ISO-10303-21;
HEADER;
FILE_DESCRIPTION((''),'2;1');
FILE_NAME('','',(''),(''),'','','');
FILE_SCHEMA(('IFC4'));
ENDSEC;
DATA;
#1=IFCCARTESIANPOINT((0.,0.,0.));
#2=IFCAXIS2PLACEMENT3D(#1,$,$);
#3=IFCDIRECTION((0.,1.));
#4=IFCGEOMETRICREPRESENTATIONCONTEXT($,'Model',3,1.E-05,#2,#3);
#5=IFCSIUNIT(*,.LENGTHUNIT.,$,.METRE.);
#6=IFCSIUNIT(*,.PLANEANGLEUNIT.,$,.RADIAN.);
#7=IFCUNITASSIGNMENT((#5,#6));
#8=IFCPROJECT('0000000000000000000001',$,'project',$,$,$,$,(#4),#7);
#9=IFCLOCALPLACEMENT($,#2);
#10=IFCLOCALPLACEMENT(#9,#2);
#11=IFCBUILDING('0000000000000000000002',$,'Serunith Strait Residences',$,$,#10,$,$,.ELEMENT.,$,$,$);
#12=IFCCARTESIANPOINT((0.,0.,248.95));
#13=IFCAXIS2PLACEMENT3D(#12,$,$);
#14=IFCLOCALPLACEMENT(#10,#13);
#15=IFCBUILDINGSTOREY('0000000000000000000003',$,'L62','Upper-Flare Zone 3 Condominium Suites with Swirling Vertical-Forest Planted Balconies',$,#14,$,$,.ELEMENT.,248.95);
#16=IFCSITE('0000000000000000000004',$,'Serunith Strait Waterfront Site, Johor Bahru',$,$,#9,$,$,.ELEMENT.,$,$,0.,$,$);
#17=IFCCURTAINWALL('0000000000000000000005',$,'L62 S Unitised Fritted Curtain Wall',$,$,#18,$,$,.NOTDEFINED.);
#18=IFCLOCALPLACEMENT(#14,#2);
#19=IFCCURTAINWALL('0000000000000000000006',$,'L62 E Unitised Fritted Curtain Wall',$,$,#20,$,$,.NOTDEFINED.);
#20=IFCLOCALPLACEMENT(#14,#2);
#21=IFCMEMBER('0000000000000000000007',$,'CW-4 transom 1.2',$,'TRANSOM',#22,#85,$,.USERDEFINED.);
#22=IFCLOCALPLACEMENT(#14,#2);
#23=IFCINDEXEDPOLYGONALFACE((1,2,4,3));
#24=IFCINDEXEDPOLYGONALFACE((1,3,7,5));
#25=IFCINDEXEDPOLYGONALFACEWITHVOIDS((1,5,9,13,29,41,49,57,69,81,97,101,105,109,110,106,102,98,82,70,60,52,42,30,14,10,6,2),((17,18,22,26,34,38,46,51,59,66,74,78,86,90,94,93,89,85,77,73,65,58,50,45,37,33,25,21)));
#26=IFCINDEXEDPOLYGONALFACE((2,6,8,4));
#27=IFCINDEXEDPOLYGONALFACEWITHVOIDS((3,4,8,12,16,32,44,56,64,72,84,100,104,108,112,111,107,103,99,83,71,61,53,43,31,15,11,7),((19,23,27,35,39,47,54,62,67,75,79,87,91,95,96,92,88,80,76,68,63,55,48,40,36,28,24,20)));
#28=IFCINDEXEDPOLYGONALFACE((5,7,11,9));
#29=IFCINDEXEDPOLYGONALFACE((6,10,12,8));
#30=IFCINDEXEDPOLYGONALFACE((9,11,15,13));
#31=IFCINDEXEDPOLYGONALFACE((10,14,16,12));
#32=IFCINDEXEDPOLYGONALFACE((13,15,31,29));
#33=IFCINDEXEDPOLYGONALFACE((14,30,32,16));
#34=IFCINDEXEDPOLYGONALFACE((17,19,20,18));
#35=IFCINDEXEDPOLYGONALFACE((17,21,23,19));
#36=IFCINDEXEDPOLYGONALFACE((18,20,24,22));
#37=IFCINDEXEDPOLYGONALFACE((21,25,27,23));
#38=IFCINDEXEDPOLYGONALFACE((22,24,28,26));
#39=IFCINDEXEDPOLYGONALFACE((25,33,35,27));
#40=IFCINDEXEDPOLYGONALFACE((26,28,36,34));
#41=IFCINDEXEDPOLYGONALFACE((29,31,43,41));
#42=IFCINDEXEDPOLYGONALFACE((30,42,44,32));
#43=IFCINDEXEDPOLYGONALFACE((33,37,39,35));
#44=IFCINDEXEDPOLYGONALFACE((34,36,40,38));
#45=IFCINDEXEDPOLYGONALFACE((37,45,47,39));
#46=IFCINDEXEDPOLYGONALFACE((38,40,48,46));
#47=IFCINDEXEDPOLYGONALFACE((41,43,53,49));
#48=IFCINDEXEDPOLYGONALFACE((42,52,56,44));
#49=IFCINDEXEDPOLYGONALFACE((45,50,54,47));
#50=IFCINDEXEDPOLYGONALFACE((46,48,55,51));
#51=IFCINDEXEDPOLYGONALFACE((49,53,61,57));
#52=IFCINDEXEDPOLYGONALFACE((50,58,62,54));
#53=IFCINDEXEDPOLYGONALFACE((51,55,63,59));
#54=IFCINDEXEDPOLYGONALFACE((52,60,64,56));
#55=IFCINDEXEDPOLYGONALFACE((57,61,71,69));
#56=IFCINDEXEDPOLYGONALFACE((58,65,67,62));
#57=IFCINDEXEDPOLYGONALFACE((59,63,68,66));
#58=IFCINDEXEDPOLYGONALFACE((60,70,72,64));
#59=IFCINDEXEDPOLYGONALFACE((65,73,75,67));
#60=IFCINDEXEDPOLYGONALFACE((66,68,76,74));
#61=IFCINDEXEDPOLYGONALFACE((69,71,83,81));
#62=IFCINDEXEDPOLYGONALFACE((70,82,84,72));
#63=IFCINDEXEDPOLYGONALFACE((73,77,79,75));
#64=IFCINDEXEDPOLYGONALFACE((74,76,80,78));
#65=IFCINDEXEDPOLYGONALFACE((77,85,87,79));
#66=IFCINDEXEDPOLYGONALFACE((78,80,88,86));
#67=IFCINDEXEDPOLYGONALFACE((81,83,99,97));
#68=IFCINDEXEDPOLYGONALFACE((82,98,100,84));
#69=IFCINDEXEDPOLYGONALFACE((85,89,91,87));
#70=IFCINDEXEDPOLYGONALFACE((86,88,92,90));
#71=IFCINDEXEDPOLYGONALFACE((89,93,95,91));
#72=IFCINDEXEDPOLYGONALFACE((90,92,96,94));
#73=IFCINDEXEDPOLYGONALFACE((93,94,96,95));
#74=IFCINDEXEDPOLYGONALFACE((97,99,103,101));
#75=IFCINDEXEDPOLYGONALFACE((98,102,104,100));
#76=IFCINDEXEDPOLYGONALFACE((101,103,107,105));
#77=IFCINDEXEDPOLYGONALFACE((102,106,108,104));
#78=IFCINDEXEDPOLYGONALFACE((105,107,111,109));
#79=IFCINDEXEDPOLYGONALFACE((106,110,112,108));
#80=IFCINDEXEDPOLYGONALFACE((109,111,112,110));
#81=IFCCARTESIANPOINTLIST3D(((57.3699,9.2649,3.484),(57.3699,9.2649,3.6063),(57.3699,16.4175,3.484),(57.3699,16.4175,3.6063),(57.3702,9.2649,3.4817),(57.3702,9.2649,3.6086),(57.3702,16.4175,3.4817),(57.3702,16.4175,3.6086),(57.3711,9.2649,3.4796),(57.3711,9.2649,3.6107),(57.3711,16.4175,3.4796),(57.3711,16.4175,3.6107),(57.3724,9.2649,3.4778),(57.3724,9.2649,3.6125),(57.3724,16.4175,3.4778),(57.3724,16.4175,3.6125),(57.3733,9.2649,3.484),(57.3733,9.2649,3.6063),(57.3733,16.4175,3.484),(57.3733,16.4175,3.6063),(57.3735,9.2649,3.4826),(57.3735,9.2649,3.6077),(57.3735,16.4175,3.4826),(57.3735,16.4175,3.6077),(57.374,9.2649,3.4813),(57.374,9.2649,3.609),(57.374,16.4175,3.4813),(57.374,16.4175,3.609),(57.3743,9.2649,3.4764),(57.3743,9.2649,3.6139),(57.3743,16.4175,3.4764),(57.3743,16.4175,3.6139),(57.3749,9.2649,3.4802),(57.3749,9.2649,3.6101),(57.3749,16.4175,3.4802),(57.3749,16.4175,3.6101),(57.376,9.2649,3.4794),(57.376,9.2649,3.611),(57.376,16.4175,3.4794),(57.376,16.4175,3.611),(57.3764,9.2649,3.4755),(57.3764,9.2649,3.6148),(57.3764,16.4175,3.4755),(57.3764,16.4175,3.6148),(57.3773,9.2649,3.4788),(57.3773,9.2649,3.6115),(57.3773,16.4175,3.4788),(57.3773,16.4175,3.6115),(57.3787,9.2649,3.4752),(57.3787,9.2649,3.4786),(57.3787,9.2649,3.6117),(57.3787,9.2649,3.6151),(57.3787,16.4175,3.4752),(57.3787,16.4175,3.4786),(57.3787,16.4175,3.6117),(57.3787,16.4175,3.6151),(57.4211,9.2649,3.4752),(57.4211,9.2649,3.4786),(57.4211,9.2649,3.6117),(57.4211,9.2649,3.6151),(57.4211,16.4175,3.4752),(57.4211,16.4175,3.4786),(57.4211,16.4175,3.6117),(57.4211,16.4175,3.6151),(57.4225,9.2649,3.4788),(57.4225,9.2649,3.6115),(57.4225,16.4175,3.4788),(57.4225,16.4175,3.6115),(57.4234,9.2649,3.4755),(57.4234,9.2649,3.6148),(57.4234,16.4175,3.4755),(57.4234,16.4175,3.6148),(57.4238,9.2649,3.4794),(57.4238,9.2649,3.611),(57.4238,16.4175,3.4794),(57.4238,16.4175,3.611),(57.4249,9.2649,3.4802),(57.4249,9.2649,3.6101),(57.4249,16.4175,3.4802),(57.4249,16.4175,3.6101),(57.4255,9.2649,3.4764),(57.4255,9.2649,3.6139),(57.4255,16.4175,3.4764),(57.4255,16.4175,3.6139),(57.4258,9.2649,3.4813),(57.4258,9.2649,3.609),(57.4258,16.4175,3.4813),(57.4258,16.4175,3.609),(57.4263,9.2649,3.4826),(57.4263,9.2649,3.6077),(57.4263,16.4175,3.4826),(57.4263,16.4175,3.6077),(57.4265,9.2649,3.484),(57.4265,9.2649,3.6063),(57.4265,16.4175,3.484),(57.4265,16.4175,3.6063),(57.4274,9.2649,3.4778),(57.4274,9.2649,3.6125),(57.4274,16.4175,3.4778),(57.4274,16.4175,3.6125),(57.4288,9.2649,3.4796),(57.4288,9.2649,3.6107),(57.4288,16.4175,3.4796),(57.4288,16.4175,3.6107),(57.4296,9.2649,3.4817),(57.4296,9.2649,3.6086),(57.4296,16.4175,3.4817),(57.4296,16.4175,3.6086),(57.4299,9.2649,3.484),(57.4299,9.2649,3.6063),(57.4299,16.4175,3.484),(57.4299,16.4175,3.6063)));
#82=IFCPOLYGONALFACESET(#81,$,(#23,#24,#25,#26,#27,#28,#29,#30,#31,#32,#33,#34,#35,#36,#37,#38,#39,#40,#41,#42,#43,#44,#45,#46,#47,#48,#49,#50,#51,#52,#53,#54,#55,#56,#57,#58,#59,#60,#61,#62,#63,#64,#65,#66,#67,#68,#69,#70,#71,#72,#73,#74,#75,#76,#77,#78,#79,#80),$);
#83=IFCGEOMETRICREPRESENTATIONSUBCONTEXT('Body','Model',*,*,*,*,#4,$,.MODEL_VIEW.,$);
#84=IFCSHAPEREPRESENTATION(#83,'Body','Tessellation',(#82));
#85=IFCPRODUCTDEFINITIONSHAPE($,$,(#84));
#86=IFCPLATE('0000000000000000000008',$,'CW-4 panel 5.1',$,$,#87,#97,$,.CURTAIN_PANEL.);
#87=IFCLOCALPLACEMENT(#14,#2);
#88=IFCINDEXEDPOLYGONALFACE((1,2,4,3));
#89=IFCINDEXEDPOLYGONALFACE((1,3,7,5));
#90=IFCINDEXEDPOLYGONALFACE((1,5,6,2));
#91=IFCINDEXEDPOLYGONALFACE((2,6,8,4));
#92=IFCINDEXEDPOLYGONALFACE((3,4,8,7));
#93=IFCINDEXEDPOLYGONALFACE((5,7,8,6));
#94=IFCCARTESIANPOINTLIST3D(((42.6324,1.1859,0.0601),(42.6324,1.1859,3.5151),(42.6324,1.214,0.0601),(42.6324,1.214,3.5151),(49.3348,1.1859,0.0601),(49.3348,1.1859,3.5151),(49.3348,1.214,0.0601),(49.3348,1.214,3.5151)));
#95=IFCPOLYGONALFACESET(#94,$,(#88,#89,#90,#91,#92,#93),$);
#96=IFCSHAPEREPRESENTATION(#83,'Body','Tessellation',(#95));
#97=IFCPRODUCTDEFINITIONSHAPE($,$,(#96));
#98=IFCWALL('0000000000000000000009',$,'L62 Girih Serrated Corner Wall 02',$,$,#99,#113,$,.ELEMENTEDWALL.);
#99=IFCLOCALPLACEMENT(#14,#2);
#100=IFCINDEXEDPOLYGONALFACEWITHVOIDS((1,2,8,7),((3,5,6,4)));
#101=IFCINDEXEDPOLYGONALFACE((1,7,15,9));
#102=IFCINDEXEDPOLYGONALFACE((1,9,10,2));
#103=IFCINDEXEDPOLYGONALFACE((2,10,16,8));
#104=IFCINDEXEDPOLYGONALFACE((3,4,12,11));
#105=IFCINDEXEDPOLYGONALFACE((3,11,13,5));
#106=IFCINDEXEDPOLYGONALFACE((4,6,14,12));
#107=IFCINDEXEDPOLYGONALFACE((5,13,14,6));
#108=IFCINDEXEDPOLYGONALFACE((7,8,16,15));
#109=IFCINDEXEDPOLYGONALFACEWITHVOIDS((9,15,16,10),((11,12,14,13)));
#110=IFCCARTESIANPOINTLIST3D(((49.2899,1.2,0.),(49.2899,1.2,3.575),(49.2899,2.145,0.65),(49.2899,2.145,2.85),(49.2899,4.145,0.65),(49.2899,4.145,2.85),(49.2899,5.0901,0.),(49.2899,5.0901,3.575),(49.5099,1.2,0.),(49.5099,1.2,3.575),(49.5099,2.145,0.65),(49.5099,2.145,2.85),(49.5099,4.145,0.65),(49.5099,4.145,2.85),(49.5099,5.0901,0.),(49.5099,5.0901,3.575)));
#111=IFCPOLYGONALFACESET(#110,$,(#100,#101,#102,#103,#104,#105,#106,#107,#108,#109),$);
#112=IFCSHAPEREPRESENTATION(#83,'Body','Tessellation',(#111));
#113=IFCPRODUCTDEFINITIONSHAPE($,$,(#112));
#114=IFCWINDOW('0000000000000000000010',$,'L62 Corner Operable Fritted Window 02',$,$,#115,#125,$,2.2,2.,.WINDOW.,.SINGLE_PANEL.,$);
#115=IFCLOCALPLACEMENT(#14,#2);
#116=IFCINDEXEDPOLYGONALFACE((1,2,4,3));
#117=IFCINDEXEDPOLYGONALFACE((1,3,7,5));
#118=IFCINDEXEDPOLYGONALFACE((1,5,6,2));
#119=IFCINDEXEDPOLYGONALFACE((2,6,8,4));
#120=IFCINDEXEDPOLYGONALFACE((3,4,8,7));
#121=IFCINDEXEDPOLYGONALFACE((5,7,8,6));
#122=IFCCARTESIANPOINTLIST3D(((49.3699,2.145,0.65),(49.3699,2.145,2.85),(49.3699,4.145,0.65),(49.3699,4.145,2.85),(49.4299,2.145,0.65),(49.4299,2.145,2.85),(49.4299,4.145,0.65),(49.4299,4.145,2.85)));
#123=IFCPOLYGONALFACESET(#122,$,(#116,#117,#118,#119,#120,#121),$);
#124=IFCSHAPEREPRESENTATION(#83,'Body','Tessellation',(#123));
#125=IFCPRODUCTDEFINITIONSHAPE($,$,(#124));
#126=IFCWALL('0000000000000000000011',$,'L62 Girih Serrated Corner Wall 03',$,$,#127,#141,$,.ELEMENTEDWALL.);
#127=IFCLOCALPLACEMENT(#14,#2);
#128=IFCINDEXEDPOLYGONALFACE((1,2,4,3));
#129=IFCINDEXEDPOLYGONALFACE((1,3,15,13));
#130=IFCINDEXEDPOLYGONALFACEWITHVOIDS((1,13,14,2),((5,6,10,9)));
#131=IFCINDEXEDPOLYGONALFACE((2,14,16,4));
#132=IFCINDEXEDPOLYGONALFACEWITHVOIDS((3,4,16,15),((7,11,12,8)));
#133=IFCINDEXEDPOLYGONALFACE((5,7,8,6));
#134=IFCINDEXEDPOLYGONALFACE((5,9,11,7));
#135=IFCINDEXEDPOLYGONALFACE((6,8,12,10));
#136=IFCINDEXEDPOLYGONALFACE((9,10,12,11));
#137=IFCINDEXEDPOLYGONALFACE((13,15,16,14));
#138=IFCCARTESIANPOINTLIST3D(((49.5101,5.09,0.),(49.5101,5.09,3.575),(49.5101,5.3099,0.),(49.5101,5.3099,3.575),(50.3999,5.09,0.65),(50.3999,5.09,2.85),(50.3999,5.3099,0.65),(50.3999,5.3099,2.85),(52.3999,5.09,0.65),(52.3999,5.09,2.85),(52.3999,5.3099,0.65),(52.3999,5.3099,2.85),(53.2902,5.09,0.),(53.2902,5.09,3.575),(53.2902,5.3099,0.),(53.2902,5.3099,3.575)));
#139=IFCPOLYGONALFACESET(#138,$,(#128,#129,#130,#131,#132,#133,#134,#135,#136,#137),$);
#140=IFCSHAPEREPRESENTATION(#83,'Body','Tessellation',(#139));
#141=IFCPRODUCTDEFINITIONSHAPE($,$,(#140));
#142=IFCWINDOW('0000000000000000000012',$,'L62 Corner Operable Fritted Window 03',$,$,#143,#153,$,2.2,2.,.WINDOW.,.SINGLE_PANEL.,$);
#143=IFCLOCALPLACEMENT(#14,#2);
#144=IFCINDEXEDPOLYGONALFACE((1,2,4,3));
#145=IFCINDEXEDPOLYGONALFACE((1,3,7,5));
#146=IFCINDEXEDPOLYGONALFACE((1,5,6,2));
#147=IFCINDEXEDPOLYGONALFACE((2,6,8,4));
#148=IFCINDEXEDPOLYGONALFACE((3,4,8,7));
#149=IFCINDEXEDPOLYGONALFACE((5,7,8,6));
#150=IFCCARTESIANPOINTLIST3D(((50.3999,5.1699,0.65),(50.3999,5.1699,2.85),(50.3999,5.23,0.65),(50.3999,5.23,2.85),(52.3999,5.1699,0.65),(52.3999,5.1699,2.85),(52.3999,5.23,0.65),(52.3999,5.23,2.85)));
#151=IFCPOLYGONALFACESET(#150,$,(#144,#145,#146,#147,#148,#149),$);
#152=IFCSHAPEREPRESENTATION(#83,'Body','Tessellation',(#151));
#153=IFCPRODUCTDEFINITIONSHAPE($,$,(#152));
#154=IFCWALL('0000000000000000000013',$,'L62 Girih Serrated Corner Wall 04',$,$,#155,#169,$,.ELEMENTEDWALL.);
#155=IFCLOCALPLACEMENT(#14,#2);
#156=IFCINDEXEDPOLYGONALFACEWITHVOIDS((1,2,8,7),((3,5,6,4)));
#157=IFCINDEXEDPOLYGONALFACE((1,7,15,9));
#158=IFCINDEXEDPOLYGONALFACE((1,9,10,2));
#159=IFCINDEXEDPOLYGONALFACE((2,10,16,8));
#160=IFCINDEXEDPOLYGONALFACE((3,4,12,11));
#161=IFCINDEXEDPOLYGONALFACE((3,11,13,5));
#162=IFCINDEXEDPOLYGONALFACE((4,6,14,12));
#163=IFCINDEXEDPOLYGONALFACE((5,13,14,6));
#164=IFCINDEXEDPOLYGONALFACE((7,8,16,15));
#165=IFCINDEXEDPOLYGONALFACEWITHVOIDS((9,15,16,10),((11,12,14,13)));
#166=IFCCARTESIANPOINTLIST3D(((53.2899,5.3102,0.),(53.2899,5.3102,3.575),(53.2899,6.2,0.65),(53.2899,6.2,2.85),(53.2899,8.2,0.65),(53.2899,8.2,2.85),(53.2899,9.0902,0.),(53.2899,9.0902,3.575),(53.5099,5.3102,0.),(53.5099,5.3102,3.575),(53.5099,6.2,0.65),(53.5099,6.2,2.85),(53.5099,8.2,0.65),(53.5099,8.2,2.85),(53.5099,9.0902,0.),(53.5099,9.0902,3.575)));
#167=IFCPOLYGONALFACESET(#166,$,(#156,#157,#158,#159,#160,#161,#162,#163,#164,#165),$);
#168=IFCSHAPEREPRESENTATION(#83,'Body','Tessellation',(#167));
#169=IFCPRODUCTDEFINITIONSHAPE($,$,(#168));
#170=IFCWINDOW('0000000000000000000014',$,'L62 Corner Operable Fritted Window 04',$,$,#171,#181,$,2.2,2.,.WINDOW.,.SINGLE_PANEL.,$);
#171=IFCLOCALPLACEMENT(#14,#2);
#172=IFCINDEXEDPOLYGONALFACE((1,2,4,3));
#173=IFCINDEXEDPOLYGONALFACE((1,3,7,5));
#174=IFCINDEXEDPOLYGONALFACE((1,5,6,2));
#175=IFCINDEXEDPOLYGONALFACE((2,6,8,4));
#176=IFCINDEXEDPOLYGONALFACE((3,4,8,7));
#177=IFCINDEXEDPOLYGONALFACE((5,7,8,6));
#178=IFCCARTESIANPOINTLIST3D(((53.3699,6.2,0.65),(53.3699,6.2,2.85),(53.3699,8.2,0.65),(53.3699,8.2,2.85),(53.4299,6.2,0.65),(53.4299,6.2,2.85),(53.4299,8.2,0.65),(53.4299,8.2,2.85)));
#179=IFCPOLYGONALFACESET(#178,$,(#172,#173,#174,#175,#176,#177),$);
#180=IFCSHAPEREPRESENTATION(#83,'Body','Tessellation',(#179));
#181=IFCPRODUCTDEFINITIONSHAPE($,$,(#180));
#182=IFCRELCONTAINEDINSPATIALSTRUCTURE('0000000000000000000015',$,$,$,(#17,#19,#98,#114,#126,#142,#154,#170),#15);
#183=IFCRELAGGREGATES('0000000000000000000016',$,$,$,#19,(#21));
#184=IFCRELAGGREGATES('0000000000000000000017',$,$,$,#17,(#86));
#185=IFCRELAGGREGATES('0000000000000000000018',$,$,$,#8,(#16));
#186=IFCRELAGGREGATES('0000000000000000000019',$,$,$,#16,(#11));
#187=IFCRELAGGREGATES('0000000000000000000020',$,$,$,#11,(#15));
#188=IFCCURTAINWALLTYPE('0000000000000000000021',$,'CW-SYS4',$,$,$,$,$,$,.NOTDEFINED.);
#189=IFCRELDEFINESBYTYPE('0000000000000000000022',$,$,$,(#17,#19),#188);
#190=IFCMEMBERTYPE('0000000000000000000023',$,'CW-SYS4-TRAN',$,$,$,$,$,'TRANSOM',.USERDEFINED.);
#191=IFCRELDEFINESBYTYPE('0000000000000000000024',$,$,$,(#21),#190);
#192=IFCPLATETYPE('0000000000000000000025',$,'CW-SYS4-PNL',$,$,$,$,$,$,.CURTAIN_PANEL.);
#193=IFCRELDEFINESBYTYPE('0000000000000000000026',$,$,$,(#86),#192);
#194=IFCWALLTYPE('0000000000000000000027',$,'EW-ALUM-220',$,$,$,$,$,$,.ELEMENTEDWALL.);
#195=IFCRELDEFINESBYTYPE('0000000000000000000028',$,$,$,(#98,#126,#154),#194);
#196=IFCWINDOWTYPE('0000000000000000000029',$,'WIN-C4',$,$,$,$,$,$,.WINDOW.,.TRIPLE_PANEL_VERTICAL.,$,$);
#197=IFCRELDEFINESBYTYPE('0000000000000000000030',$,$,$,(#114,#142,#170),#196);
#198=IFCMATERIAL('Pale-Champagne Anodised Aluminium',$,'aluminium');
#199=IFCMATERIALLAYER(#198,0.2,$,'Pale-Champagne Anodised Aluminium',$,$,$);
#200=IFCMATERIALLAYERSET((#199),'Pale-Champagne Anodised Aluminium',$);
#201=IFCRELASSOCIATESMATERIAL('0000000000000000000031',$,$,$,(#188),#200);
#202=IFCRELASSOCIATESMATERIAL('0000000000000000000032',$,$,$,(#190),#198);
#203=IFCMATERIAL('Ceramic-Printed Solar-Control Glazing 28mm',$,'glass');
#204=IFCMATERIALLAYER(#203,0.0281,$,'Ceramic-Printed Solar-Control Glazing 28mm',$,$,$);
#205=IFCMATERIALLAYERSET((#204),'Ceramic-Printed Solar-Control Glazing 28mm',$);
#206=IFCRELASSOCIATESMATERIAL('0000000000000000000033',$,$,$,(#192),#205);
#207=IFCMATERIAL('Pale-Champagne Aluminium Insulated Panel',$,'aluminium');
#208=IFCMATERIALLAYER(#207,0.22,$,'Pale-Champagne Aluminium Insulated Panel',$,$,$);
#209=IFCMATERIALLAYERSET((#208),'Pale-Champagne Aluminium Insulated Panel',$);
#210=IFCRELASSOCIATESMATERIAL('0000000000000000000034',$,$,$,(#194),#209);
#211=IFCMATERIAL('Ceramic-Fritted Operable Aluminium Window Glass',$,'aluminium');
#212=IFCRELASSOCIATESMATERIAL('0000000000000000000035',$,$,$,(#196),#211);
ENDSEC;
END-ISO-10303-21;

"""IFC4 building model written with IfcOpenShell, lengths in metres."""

from ifc_helpers import new_model, si_unit, direction, frame, frame_2d, origin, origin_2d, place, context, subcontext, project, spatial, rectangle, hollow_rectangle, extrude, source, transform, mapped, material, layer, layer_set, material_profile, profile_set, type_object, element, fill, aggregate, save


model = new_model("IFC4")

# Units and contexts
model_context = context("Model", 3, precision=1e-05, world=origin(), true_north=direction((0.0, 1.0)))
body_context = subcontext(model_context, "Body", "Model", "MODEL_VIEW")
ifc_project = project(units=[si_unit("LENGTHUNIT", "METRE"), si_unit("PLANEANGLEUNIT", "RADIAN")], contexts=[model_context])

# Site, building, storey
site_placement = place(None, origin())
site = spatial("IfcSite", under=ifc_project, at=site_placement, Name="Serunith Strait Waterfront Site, Johor Bahru", CompositionType="ELEMENT", RefElevation=0.0)
building_placement = place(site_placement, origin())
building = spatial("IfcBuilding", under=site, at=building_placement, Name="Serunith Strait Residences", CompositionType="ELEMENT")
storey_placement = place(building_placement, frame((0.0, 0.0, 248.95)))
storey = spatial("IfcBuildingStorey", under=building, at=storey_placement, Name="L62", Description="Upper-Flare Zone 3 Condominium Suites with Swirling Vertical-Forest Planted Balconies", CompositionType="ELEMENT", Elevation=248.95)

# Curtain wall
ifc_material_1 = material(Name="Pale-Champagne Anodised Aluminium", Category="aluminium")
ifc_layer_1 = layer(ifc_material_1, 0.2, Name="Pale-Champagne Anodised Aluminium")
ifc_layer_set_1 = layer_set([ifc_layer_1], Name="Pale-Champagne Anodised Aluminium")
curtain_wall_type = type_object("IfcCurtainWallType", Name="CW-SYS4", PredefinedType="NOTDEFINED", material=ifc_layer_set_1)
curtain_wall_1_placement = place(storey_placement, origin())
curtain_wall_1 = element("IfcCurtainWall", 1, at=curtain_wall_1_placement, inside=storey, type_object=curtain_wall_type, Name="L62 S Unitised Fritted Curtain Wall", PredefinedType="NOTDEFINED")

# Curtain wall
curtain_wall_2_placement = place(storey_placement, origin())
curtain_wall_2 = element("IfcCurtainWall", 2, at=curtain_wall_2_placement, inside=storey, type_object=curtain_wall_type, Name="L62 E Unitised Fritted Curtain Wall", PredefinedType="NOTDEFINED")

# Member
ifc_material_profile_1 = material_profile(ifc_material_1, hollow_rectangle(XDim=0.0601, YDim=0.1399, WallThickness=0.0034, InnerFilletRadius=0.0054, OuterFilletRadius=0.0088, at=origin_2d()), Name="ALU 140x60x3.5")
ifc_profile_set_1 = profile_set([ifc_material_profile_1], Name="Pale-Champagne Anodised Aluminium")
member_type_1 = type_object("IfcMemberType", Name="CW-SYS4-TRAN", ElementType="TRANSOM", PredefinedType="USERDEFINED", material=ifc_profile_set_1)
shared_shape_1 = source(origin(), body_context, "Body", "SweptSolid", [
    extrude(hollow_rectangle(XDim=0.0601, YDim=0.1399, WallThickness=0.0034, InnerFilletRadius=0.0054, OuterFilletRadius=0.0088, at=origin_2d()), origin(), (0.0, 0.0, 1.0), 7.1526),
])
member_1_placement = place(storey_placement, frame((57.3999, 9.2649, 3.5452), z_axis=(0.0, 1.0, 0.0), x_axis=(-1.0, 0.0, 0.0)))
member_1 = element("IfcMember", 3, at=member_1_placement, type_object=member_type_1, Name="CW-4 transom 1.2", ObjectType="TRANSOM", PredefinedType="USERDEFINED", context=body_context, shape_type="MappedRepresentation", body=[
    mapped(shared_shape_1, transform((0.0, 0.0, 0.0), scale=1.0)),
])
aggregate(curtain_wall_2, [member_1])

# Plate
ifc_material_2 = material(Name="Ceramic-Printed Solar-Control Glazing 28mm", Category="glass")
ifc_layer_2 = layer(ifc_material_2, 0.0281, Name="Ceramic-Printed Solar-Control Glazing 28mm")
ifc_layer_set_2 = layer_set([ifc_layer_2], Name="Ceramic-Printed Solar-Control Glazing 28mm")
plate_type = type_object("IfcPlateType", Name="CW-SYS4-PNL", PredefinedType="CURTAIN_PANEL", material=ifc_layer_set_2)
shared_shape_2 = source(origin(), body_context, "Body", "SweptSolid", [
    extrude(rectangle(XDim=6.7024, YDim=0.0281, at=origin_2d()), origin(), (0.0, 0.0, 1.0), 3.4551),
])
plate_placement = place(storey_placement, frame((45.9836, 1.2, 0.0601), z_axis=(0.0, 0.0, 1.0), x_axis=(1.0, 0.0, 0.0)))
plate = element("IfcPlate", 4, at=plate_placement, type_object=plate_type, Name="CW-4 panel 5.1", PredefinedType="CURTAIN_PANEL", context=body_context, shape_type="MappedRepresentation", body=[
    mapped(shared_shape_2, transform((0.0, 0.0, 0.0), scale=1.0)),
])
aggregate(curtain_wall_1, [plate])

# Walls, openings, windows
ifc_material_3 = material(Name="Pale-Champagne Aluminium Insulated Panel", Category="aluminium")
ifc_layer_3 = layer(ifc_material_3, 0.22, Name="Pale-Champagne Aluminium Insulated Panel")
ifc_layer_set_3 = layer_set([ifc_layer_3], Name="Pale-Champagne Aluminium Insulated Panel")
wall_type = type_object("IfcWallType", Name="EW-ALUM-220", PredefinedType="ELEMENTEDWALL", material=ifc_layer_set_3)
wall_1_placement = place(storey_placement, frame((49.3999, 1.2, 0.0), z_axis=(0.0, 0.0, 1.0), x_axis=(0.0, 1.0, 0.0)))
wall_1 = element("IfcWall", 5, at=wall_1_placement, inside=storey, type_object=wall_type, Name="L62 Girih Serrated Corner Wall 02", PredefinedType="ELEMENTEDWALL", context=body_context, shape_type="SweptSolid", body=[
    extrude(rectangle(XDim=3.8901, YDim=0.22, at=frame_2d((1.9451, 0.0))), origin(), (0.0, 0.0, 1.0), 3.575),
])
opening_1_placement = place(wall_1_placement, frame((0.9451, 0.0, 0.6499)))
opening_1 = element("IfcOpeningElement", 6, at=opening_1_placement, cuts=wall_1, PredefinedType="OPENING", context=body_context, shape_type="SweptSolid", body=[
    extrude(rectangle(XDim=2.0, YDim=2.2, at=frame_2d((1.0, 1.1001))), frame((0.0, 0.1201, 0.0), z_axis=(0.0, -1.0, 0.0), x_axis=(1.0, 0.0, 0.0)), (0.0, 0.0, 1.0), 0.24),
])
ifc_material_4 = material(Name="Ceramic-Fritted Operable Aluminium Window Glass", Category="aluminium")
window_type = type_object("IfcWindowType", Name="WIN-C4", PartitioningType="TRIPLE_PANEL_VERTICAL", PredefinedType="WINDOW", material=ifc_material_4)
shared_shape_3 = source(origin(), body_context, "Body", "SweptSolid", [
    extrude(rectangle(XDim=2.0, YDim=2.2, at=frame_2d((1.0, 1.1001))), frame((0.0, 0.03, 0.0), z_axis=(0.0, -1.0, 0.0), x_axis=(1.0, 0.0, 0.0)), (0.0, 0.0, 1.0), 0.0601),
])
window_1_placement = place(opening_1_placement, origin())
window_1 = element("IfcWindow", 7, at=window_1_placement, inside=storey, type_object=window_type, Name="L62 Corner Operable Fritted Window 02", OverallHeight=2.2, OverallWidth=2.0, PartitioningType="SINGLE_PANEL", PredefinedType="WINDOW", context=body_context, shape_type="MappedRepresentation", body=[
    mapped(shared_shape_3, transform((0.0, 0.0, 0.0), scale=1.0)),
])
fill(opening_1, window_1)
wall_2_placement = place(storey_placement, frame((49.51, 5.2, 0.0), z_axis=(0.0, 0.0, 1.0), x_axis=(1.0, 0.0, 0.0)))
wall_2 = element("IfcWall", 8, at=wall_2_placement, inside=storey, type_object=wall_type, Name="L62 Girih Serrated Corner Wall 03", PredefinedType="ELEMENTEDWALL", context=body_context, shape_type="SweptSolid", body=[
    extrude(rectangle(XDim=3.78, YDim=0.22, at=frame_2d((1.8901, 0.0))), origin(), (0.0, 0.0, 1.0), 3.575),
])
opening_2_placement = place(wall_2_placement, frame((0.8899, 0.0, 0.6499)))
opening_2 = element("IfcOpeningElement", 9, at=opening_2_placement, cuts=wall_2, PredefinedType="OPENING", context=body_context, shape_type="SweptSolid", body=[
    extrude(rectangle(XDim=2.0, YDim=2.2, at=frame_2d((1.0, 1.1001))), frame((0.0, 0.1201, 0.0), z_axis=(0.0, -1.0, 0.0), x_axis=(1.0, 0.0, 0.0)), (0.0, 0.0, 1.0), 0.24),
])
window_2_placement = place(opening_2_placement, origin())
window_2 = element("IfcWindow", 10, at=window_2_placement, inside=storey, type_object=window_type, Name="L62 Corner Operable Fritted Window 03", OverallHeight=2.2, OverallWidth=2.0, PartitioningType="SINGLE_PANEL", PredefinedType="WINDOW", context=body_context, shape_type="MappedRepresentation", body=[
    mapped(shared_shape_3, transform((0.0, 0.0, 0.0), scale=1.0)),
])
fill(opening_2, window_2)
wall_3_placement = place(storey_placement, frame((53.3999, 5.3101, 0.0), z_axis=(0.0, 0.0, 1.0), x_axis=(0.0, 1.0, 0.0)))
wall_3 = element("IfcWall", 11, at=wall_3_placement, inside=storey, type_object=wall_type, Name="L62 Girih Serrated Corner Wall 04", PredefinedType="ELEMENTEDWALL", context=body_context, shape_type="SweptSolid", body=[
    extrude(rectangle(XDim=3.78, YDim=0.22, at=frame_2d((1.8901, 0.0))), origin(), (0.0, 0.0, 1.0), 3.575),
])
opening_3_placement = place(wall_3_placement, frame((0.8899, 0.0, 0.6499)))
opening_3 = element("IfcOpeningElement", 12, at=opening_3_placement, cuts=wall_3, PredefinedType="OPENING", context=body_context, shape_type="SweptSolid", body=[
    extrude(rectangle(XDim=2.0, YDim=2.2, at=frame_2d((1.0, 1.1001))), frame((0.0, 0.1201, 0.0), z_axis=(0.0, -1.0, 0.0), x_axis=(1.0, 0.0, 0.0)), (0.0, 0.0, 1.0), 0.24),
])
window_3_placement = place(opening_3_placement, origin())
window_3 = element("IfcWindow", 13, at=window_3_placement, inside=storey, type_object=window_type, Name="L62 Corner Operable Fritted Window 04", OverallHeight=2.2, OverallWidth=2.0, PartitioningType="SINGLE_PANEL", PredefinedType="WINDOW", context=body_context, shape_type="MappedRepresentation", body=[
    mapped(shared_shape_3, transform((0.0, 0.0, 0.0), scale=1.0)),
])
fill(opening_3, window_3)

save(model, "model.ifc")
